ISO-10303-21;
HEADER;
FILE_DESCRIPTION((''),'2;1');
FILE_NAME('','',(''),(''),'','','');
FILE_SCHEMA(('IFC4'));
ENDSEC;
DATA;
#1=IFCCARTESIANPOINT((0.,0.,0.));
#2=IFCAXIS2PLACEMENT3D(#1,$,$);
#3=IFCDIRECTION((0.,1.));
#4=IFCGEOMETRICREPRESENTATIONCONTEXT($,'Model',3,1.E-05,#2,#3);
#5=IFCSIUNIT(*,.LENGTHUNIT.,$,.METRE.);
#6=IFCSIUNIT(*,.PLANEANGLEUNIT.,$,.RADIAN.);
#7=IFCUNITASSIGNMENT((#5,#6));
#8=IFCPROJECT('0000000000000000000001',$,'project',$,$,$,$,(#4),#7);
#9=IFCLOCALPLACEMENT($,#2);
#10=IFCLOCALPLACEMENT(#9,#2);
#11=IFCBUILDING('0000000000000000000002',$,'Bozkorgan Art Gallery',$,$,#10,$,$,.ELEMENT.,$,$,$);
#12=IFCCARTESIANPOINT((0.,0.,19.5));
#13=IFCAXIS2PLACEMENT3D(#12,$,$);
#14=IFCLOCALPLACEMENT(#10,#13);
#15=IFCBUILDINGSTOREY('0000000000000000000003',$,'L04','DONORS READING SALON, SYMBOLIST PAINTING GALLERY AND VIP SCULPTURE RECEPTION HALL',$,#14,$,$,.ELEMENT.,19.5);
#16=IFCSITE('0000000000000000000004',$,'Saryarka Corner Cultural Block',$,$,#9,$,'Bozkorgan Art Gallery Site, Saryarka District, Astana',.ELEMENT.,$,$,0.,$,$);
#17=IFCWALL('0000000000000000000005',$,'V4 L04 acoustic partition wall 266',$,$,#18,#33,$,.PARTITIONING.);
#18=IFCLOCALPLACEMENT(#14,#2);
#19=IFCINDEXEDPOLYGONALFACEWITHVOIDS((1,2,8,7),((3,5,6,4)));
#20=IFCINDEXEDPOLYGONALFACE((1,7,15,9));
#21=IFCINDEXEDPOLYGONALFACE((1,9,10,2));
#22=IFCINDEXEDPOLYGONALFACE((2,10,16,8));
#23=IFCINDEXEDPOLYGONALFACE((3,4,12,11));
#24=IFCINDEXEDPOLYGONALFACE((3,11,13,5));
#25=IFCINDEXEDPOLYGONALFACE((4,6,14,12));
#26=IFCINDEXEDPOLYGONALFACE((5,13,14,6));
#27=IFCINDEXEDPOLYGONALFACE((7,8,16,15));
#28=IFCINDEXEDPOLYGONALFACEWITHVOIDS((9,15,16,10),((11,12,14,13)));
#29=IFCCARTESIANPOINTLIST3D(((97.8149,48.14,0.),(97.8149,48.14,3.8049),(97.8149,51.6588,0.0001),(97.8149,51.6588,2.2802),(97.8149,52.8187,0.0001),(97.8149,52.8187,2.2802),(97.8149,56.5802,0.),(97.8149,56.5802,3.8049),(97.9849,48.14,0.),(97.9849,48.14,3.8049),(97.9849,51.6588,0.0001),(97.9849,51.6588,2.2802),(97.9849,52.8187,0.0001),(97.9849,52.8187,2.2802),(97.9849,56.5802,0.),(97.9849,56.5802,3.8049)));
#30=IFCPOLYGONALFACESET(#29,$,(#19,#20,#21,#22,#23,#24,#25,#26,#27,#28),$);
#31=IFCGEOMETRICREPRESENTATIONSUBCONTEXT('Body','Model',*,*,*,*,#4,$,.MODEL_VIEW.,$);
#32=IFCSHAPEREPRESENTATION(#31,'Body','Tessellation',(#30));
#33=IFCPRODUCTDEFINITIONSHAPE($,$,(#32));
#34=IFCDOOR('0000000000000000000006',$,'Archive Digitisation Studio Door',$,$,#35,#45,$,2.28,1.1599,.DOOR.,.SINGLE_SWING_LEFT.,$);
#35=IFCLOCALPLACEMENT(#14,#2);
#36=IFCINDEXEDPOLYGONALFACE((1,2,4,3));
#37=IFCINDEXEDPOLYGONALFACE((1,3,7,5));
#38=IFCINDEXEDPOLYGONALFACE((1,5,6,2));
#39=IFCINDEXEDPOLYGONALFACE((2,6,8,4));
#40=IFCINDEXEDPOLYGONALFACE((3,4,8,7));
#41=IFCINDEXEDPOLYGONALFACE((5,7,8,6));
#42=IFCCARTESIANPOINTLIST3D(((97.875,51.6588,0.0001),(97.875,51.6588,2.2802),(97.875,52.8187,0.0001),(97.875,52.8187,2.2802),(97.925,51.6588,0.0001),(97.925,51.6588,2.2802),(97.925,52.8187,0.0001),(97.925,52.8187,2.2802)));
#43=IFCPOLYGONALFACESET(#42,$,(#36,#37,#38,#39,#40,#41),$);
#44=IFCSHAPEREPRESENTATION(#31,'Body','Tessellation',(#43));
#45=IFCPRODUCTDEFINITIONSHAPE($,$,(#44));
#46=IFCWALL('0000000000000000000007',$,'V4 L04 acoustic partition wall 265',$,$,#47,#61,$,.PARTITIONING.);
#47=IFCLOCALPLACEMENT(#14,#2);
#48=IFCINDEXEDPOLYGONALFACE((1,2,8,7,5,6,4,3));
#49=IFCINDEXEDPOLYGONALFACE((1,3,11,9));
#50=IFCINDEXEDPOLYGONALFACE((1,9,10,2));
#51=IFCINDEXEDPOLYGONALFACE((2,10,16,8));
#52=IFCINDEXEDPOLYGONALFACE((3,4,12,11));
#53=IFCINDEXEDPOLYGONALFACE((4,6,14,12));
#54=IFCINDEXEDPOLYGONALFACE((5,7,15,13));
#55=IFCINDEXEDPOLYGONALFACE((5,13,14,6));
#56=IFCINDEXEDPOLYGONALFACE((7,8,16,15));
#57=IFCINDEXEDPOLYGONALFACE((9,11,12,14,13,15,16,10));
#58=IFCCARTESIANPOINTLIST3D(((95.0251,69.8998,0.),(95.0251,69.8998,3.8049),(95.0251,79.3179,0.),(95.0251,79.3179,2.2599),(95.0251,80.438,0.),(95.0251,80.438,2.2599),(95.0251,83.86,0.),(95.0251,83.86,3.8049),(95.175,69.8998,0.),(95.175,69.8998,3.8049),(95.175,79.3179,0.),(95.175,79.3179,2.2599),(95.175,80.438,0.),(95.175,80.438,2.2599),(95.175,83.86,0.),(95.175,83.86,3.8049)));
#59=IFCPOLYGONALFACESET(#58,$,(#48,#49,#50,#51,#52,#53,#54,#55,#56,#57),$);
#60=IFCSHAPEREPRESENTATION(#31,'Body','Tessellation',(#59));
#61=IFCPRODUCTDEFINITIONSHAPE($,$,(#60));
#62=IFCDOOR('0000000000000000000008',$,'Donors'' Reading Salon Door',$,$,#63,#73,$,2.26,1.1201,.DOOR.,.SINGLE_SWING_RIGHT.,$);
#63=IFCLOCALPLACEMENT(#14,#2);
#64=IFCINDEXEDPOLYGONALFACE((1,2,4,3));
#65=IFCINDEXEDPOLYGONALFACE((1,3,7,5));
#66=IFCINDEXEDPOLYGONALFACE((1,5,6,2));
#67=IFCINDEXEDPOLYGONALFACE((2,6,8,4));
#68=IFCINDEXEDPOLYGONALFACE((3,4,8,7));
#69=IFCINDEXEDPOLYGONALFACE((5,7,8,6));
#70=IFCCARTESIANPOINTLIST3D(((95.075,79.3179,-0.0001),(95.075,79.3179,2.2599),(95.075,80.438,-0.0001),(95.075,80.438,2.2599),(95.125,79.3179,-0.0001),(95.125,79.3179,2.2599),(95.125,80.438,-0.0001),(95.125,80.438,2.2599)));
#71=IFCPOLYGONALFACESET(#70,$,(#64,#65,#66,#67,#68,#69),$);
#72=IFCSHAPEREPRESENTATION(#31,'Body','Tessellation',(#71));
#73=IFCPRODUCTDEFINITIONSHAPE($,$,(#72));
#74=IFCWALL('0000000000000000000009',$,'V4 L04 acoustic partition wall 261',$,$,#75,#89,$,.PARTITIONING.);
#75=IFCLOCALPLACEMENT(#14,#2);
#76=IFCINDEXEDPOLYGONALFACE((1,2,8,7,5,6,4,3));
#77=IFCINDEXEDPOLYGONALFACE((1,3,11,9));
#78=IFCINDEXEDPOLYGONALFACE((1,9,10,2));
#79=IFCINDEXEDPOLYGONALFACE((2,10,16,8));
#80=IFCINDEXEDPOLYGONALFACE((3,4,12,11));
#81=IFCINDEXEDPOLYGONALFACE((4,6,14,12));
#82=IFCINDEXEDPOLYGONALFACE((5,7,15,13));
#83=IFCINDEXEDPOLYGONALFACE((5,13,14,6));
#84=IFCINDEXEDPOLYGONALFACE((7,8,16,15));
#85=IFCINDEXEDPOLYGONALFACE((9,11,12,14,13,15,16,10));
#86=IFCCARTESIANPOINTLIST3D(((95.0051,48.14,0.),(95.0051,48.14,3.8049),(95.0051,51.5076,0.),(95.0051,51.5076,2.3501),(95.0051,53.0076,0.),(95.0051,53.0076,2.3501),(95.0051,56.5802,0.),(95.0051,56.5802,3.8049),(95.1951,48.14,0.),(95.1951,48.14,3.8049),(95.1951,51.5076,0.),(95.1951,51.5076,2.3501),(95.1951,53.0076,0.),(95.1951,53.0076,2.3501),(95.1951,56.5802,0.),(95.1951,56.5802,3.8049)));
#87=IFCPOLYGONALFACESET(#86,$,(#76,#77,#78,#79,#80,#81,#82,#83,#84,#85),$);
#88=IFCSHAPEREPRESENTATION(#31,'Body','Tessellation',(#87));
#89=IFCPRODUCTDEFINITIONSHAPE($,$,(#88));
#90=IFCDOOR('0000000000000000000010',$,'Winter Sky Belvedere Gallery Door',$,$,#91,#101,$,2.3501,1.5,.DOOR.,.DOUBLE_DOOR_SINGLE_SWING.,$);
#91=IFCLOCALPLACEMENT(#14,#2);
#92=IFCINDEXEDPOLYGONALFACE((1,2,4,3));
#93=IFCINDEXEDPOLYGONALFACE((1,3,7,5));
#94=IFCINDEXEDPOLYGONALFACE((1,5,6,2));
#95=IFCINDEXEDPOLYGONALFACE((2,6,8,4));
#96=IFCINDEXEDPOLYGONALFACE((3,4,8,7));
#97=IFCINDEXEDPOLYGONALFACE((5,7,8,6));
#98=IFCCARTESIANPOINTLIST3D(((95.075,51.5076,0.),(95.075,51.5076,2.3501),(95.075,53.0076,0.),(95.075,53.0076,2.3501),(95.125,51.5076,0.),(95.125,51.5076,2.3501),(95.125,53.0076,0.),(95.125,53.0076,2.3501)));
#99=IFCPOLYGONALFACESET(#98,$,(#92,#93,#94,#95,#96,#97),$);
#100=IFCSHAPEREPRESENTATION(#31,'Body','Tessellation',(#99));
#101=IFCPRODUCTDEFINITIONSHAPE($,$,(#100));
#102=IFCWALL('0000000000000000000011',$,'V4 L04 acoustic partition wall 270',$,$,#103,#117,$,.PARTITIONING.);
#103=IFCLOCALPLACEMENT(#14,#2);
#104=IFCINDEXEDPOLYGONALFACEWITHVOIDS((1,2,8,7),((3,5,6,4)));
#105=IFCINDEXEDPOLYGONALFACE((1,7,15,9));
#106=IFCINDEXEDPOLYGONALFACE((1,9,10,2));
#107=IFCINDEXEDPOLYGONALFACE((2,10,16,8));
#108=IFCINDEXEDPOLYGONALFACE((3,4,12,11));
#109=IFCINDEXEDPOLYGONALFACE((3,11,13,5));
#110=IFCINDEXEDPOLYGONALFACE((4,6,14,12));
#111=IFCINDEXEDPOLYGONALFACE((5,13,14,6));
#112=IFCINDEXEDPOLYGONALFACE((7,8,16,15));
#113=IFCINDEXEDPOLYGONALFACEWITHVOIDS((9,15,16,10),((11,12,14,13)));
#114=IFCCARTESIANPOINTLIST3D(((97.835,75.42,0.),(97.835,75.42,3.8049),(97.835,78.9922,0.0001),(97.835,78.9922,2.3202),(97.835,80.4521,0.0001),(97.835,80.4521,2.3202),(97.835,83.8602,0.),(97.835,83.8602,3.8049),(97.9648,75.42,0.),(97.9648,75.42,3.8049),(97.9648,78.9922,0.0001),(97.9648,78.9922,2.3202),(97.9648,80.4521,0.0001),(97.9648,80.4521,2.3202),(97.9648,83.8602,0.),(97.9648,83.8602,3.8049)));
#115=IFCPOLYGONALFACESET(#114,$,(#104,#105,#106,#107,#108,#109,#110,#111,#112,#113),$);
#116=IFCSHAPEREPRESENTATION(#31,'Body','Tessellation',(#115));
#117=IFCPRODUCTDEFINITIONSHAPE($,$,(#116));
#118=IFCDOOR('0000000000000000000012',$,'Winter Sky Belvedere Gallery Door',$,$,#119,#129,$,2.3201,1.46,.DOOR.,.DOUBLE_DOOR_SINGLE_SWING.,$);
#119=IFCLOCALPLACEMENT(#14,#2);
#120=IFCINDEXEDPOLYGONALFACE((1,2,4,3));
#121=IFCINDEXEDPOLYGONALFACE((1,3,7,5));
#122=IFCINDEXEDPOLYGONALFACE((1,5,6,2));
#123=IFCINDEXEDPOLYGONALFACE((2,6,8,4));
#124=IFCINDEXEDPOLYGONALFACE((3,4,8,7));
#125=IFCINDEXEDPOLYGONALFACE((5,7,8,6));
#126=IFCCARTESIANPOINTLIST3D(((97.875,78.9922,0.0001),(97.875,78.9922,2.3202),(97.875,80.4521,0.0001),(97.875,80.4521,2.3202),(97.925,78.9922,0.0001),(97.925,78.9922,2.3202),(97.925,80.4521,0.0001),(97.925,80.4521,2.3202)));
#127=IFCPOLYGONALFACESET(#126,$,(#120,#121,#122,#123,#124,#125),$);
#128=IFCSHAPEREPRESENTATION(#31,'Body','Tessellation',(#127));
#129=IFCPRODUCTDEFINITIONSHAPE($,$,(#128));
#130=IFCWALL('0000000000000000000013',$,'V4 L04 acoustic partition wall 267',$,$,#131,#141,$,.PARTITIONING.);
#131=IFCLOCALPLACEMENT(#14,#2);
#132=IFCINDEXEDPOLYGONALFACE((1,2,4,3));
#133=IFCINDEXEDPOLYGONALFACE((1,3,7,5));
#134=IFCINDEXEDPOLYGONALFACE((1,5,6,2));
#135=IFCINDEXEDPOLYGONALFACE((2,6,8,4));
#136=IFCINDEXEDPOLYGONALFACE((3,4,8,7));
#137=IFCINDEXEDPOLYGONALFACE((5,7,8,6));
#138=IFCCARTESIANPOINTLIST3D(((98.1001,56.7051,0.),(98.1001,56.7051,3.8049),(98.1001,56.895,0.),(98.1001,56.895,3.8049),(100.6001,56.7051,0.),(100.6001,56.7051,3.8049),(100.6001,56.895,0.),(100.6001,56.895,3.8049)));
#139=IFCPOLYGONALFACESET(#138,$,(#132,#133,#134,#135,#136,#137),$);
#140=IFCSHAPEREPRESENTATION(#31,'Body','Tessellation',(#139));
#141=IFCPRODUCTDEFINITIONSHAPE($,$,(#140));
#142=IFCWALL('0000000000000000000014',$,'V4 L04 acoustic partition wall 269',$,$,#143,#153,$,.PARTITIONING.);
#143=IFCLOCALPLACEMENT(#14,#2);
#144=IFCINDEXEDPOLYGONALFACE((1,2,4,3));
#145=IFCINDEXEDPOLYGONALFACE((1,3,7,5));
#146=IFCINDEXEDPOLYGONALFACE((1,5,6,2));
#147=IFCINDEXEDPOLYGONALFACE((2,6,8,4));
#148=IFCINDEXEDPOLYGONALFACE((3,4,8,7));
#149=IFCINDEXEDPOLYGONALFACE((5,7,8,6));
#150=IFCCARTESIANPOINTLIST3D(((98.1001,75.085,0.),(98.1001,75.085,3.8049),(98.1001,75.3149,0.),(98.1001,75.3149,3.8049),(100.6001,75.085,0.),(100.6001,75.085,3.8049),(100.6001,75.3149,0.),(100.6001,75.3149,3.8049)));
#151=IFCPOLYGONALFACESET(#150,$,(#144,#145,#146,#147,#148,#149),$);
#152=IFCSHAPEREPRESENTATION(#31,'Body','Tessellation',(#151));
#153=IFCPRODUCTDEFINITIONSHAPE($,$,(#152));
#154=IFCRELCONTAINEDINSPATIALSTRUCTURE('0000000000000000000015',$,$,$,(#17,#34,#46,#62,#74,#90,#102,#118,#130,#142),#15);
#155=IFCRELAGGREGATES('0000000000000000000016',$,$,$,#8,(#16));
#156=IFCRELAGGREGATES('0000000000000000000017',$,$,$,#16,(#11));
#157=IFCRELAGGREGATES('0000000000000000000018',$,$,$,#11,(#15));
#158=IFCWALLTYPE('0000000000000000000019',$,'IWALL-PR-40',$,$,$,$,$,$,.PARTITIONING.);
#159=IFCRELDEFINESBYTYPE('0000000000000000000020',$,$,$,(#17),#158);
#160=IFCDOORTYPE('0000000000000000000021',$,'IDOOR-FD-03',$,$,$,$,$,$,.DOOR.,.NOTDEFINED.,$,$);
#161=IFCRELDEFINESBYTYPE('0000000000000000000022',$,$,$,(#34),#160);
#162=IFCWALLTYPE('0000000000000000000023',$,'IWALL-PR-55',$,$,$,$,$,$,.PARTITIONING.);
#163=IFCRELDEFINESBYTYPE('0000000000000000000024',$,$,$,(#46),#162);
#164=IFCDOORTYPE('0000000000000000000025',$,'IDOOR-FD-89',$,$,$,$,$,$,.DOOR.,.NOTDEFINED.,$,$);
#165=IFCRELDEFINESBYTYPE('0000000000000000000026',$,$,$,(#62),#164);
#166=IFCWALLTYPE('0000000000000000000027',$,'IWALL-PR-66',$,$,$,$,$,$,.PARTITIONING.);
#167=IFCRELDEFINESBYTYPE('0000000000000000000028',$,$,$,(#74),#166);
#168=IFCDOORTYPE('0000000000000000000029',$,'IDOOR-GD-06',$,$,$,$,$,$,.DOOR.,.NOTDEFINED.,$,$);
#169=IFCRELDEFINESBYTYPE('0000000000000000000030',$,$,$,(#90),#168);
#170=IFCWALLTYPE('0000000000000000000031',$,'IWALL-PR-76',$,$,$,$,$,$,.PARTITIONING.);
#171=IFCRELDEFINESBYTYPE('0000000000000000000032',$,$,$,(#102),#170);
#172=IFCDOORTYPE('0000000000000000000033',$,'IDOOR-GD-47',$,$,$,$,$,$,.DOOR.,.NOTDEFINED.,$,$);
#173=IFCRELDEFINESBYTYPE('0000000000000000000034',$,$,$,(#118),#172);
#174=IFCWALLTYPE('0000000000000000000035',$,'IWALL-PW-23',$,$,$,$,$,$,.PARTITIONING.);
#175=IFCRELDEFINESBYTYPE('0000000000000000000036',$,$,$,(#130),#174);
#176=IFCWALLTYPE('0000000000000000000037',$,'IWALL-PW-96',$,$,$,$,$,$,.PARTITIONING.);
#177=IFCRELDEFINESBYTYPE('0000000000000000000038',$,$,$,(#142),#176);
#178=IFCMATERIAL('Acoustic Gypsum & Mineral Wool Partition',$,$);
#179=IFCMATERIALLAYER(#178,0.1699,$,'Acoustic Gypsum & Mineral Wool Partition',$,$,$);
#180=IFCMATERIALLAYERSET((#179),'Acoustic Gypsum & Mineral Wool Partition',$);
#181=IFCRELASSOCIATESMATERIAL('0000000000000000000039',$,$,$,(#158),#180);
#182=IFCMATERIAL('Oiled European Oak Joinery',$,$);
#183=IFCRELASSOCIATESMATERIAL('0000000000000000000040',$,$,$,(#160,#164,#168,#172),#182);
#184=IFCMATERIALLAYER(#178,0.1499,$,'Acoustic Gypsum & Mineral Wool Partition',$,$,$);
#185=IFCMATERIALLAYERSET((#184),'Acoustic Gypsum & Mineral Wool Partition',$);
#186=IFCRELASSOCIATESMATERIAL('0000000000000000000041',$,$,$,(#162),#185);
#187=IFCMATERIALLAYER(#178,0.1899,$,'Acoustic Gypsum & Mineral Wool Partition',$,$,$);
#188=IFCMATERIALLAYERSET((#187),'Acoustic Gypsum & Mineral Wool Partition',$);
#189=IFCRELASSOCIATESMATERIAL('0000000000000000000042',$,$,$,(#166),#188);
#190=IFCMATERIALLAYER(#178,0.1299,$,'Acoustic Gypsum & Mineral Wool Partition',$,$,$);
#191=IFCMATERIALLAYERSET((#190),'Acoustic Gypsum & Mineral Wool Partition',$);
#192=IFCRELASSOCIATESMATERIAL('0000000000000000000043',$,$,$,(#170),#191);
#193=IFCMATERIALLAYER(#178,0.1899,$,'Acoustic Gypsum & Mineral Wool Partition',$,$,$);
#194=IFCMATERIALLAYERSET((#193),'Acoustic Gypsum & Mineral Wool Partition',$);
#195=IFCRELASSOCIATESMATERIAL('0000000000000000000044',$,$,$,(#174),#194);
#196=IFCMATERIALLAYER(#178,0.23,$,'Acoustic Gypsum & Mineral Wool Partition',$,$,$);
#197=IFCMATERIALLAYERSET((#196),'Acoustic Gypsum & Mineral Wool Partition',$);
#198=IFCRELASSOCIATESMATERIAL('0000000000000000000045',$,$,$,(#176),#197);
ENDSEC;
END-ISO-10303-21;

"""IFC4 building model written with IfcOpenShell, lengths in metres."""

from ifc_helpers import new_model, si_unit, direction, frame, frame_2d, origin, place, context, subcontext, project, spatial, rectangle, extrude, material, layer, layer_set, type_object, element, fill, save


model = new_model("IFC4")

# Units and contexts
model_context = context("Model", 3, precision=1e-05, world=origin(), true_north=direction((0.0, 1.0)))
body_context = subcontext(model_context, "Body", "Model", "MODEL_VIEW")
ifc_project = project(units=[si_unit("LENGTHUNIT", "METRE"), si_unit("PLANEANGLEUNIT", "RADIAN")], contexts=[model_context])

# Site, building, storey
site_placement = place(None, origin())
site = spatial("IfcSite", under=ifc_project, at=site_placement, Name="Saryarka Corner Cultural Block", LongName="Bozkorgan Art Gallery Site, Saryarka District, Astana", CompositionType="ELEMENT", RefElevation=0.0)
building_placement = place(site_placement, origin())
building = spatial("IfcBuilding", under=site, at=building_placement, Name="Bozkorgan Art Gallery", CompositionType="ELEMENT")
storey_placement = place(building_placement, frame((0.0, 0.0, 19.5)))
storey = spatial("IfcBuildingStorey", under=building, at=storey_placement, Name="L04", Description="DONORS READING SALON, SYMBOLIST PAINTING GALLERY AND VIP SCULPTURE RECEPTION HALL", CompositionType="ELEMENT", Elevation=19.5)

# Walls, openings, doors
ifc_material_1 = material(Name="Acoustic Gypsum & Mineral Wool Partition")
ifc_material_2 = material(Name="Oiled European Oak Joinery")
ifc_layer_1 = layer(ifc_material_1, 0.1699, Name="Acoustic Gypsum & Mineral Wool Partition")
ifc_layer_set_1 = layer_set([ifc_layer_1], Name="Acoustic Gypsum & Mineral Wool Partition")
wall_type_1 = type_object("IfcWallType", Name="IWALL-PR-40", PredefinedType="PARTITIONING", material=ifc_layer_set_1)
wall_1_placement = place(storey_placement, frame((97.8999, 48.1399, 0.0), z_axis=(0.0, 0.0, 1.0), x_axis=(0.0, 1.0, 0.0)))
wall_1 = element("IfcWall", 1, at=wall_1_placement, inside=storey, type_object=wall_type_1, Name="V4 L04 acoustic partition wall 266", PredefinedType="PARTITIONING", context=body_context, shape_type="SweptSolid", body=[
    extrude(rectangle(XDim=8.4402, YDim=0.1699, at=frame_2d((4.2202, 0.0))), origin(), (0.0, 0.0, 1.0), 3.8049),
])
opening_1_placement = place(wall_1_placement, frame((3.5188, 0.0, 0.0)))
opening_1 = element("IfcOpeningElement", 2, at=opening_1_placement, cuts=wall_1, PredefinedType="OPENING", context=body_context, shape_type="SweptSolid", body=[
    extrude(rectangle(XDim=1.1599, YDim=2.28, at=frame_2d((0.5801, 1.1401))), frame((0.0, 0.095, 0.0), z_axis=(0.0, -1.0, 0.0), x_axis=(1.0, 0.0, 0.0)), (0.0, 0.0, 1.0), 0.1899),
])
door_type_1 = type_object("IfcDoorType", Name="IDOOR-FD-03", OperationType="NOTDEFINED", PredefinedType="DOOR", material=ifc_material_2)
door_1_placement = place(opening_1_placement, origin())
door_1 = element("IfcDoor", 3, at=door_1_placement, inside=storey, type_object=door_type_1, Name="Archive Digitisation Studio Door", OperationType="SINGLE_SWING_LEFT", OverallHeight=2.28, OverallWidth=1.1599, PredefinedType="DOOR", context=body_context, shape_type="SweptSolid", body=[
    extrude(rectangle(XDim=1.1599, YDim=2.28, at=frame_2d((0.5801, 1.1401))), frame((0.0, 0.0249, 0.0), z_axis=(0.0, -1.0, 0.0), x_axis=(1.0, 0.0, 0.0)), (0.0, 0.0, 1.0), 0.05),
])
fill(opening_1, door_1)
ifc_layer_2 = layer(ifc_material_1, 0.1499, Name="Acoustic Gypsum & Mineral Wool Partition")
ifc_layer_set_2 = layer_set([ifc_layer_2], Name="Acoustic Gypsum & Mineral Wool Partition")
wall_type_2 = type_object("IfcWallType", Name="IWALL-PR-55", PredefinedType="PARTITIONING", material=ifc_layer_set_2)
wall_2_placement = place(storey_placement, frame((95.1001, 69.8999, 0.0), z_axis=(0.0, 0.0, 1.0), x_axis=(0.0, 1.0, 0.0)))
wall_2 = element("IfcWall", 4, at=wall_2_placement, inside=storey, type_object=wall_type_2, Name="V4 L04 acoustic partition wall 265", PredefinedType="PARTITIONING", context=body_context, shape_type="SweptSolid", body=[
    extrude(rectangle(XDim=13.9602, YDim=0.1499, at=frame_2d((6.98, 0.0))), origin(), (0.0, 0.0, 1.0), 3.8049),
])
opening_2_placement = place(wall_2_placement, frame((10.5381, 0.0, 0.0), z_axis=(0.0, 0.0, 1.0), x_axis=(-1.0, 0.0, 0.0)))
opening_2 = element("IfcOpeningElement", 5, at=opening_2_placement, cuts=wall_2, PredefinedType="OPENING", context=body_context, shape_type="SweptSolid", body=[
    extrude(rectangle(XDim=1.1201, YDim=2.26, at=frame_2d((0.5601, 1.1299))), frame((0.0, 0.085, 0.0), z_axis=(0.0, -1.0, 0.0), x_axis=(1.0, 0.0, 0.0)), (0.0, 0.0, 1.0), 0.1699),
])
door_type_2 = type_object("IfcDoorType", Name="IDOOR-FD-89", OperationType="NOTDEFINED", PredefinedType="DOOR", material=ifc_material_2)
door_2_placement = place(opening_2_placement, origin())
door_2 = element("IfcDoor", 6, at=door_2_placement, inside=storey, type_object=door_type_2, Name="Donors' Reading Salon Door", OperationType="SINGLE_SWING_RIGHT", OverallHeight=2.26, OverallWidth=1.1201, PredefinedType="DOOR", context=body_context, shape_type="SweptSolid", body=[
    extrude(rectangle(XDim=1.1201, YDim=2.26, at=frame_2d((0.5601, 1.1299))), frame((0.0, 0.0249, 0.0), z_axis=(0.0, -1.0, 0.0), x_axis=(1.0, 0.0, 0.0)), (0.0, 0.0, 1.0), 0.05),
])
fill(opening_2, door_2)
ifc_layer_3 = layer(ifc_material_1, 0.1899, Name="Acoustic Gypsum & Mineral Wool Partition")
ifc_layer_set_3 = layer_set([ifc_layer_3], Name="Acoustic Gypsum & Mineral Wool Partition")
wall_type_3 = type_object("IfcWallType", Name="IWALL-PR-66", PredefinedType="PARTITIONING", material=ifc_layer_set_3)
wall_3_placement = place(storey_placement, frame((95.1001, 48.1399, 0.0), z_axis=(0.0, 0.0, 1.0), x_axis=(0.0, 1.0, 0.0)))
wall_3 = element("IfcWall", 7, at=wall_3_placement, inside=storey, type_object=wall_type_3, Name="V4 L04 acoustic partition wall 261", PredefinedType="PARTITIONING", context=body_context, shape_type="SweptSolid", body=[
    extrude(rectangle(XDim=8.4402, YDim=0.1899, at=frame_2d((4.2202, 0.0))), origin(), (0.0, 0.0, 1.0), 3.8049),
])
opening_3_placement = place(wall_3_placement, frame((4.8677, 0.0, 0.0), z_axis=(0.0, 0.0, 1.0), x_axis=(-1.0, 0.0, 0.0)))
opening_3 = element("IfcOpeningElement", 8, at=opening_3_placement, cuts=wall_3, PredefinedType="OPENING", context=body_context, shape_type="SweptSolid", body=[
    extrude(rectangle(XDim=1.5, YDim=2.3501, at=frame_2d((0.75, 1.175))), frame((0.0, 0.105, 0.0), z_axis=(0.0, -1.0, 0.0), x_axis=(1.0, 0.0, 0.0)), (0.0, 0.0, 1.0), 0.21),
])
door_type_3 = type_object("IfcDoorType", Name="IDOOR-GD-06", OperationType="NOTDEFINED", PredefinedType="DOOR", material=ifc_material_2)
door_3_placement = place(opening_3_placement, origin())
door_3 = element("IfcDoor", 9, at=door_3_placement, inside=storey, type_object=door_type_3, Name="Winter Sky Belvedere Gallery Door", OperationType="DOUBLE_DOOR_SINGLE_SWING", OverallHeight=2.3501, OverallWidth=1.5, PredefinedType="DOOR", context=body_context, shape_type="SweptSolid", body=[
    extrude(rectangle(XDim=1.5, YDim=2.3501, at=frame_2d((0.75, 1.175))), frame((0.0, 0.0249, 0.0), z_axis=(0.0, -1.0, 0.0), x_axis=(1.0, 0.0, 0.0)), (0.0, 0.0, 1.0), 0.05),
])
fill(opening_3, door_3)
ifc_layer_4 = layer(ifc_material_1, 0.1299, Name="Acoustic Gypsum & Mineral Wool Partition")
ifc_layer_set_4 = layer_set([ifc_layer_4], Name="Acoustic Gypsum & Mineral Wool Partition")
wall_type_4 = type_object("IfcWallType", Name="IWALL-PR-76", PredefinedType="PARTITIONING", material=ifc_layer_set_4)
wall_4_placement = place(storey_placement, frame((97.8999, 75.4199, 0.0), z_axis=(0.0, 0.0, 1.0), x_axis=(0.0, 1.0, 0.0)))
wall_4 = element("IfcWall", 10, at=wall_4_placement, inside=storey, type_object=wall_type_4, Name="V4 L04 acoustic partition wall 270", PredefinedType="PARTITIONING", context=body_context, shape_type="SweptSolid", body=[
    extrude(rectangle(XDim=8.4402, YDim=0.1299, at=frame_2d((4.2202, 0.0))), origin(), (0.0, 0.0, 1.0), 3.8049),
])
opening_4_placement = place(wall_4_placement, frame((3.5723, 0.0, 0.0)))
opening_4 = element("IfcOpeningElement", 11, at=opening_4_placement, cuts=wall_4, PredefinedType="OPENING", context=body_context, shape_type="SweptSolid", body=[
    extrude(rectangle(XDim=1.46, YDim=2.3201, at=frame_2d((0.73, 1.1602))), frame((0.0, 0.075, 0.0), z_axis=(0.0, -1.0, 0.0), x_axis=(1.0, 0.0, 0.0)), (0.0, 0.0, 1.0), 0.1499),
])
door_type_4 = type_object("IfcDoorType", Name="IDOOR-GD-47", OperationType="NOTDEFINED", PredefinedType="DOOR", material=ifc_material_2)
door_4_placement = place(opening_4_placement, origin())
door_4 = element("IfcDoor", 12, at=door_4_placement, inside=storey, type_object=door_type_4, Name="Winter Sky Belvedere Gallery Door", OperationType="DOUBLE_DOOR_SINGLE_SWING", OverallHeight=2.3201, OverallWidth=1.46, PredefinedType="DOOR", context=body_context, shape_type="SweptSolid", body=[
    extrude(rectangle(XDim=1.46, YDim=2.3201, at=frame_2d((0.73, 1.1602))), frame((0.0, 0.0249, 0.0), z_axis=(0.0, -1.0, 0.0), x_axis=(1.0, 0.0, 0.0)), (0.0, 0.0, 1.0), 0.05),
])
fill(opening_4, door_4)

# Walls
ifc_layer_5 = layer(ifc_material_1, 0.1899, Name="Acoustic Gypsum & Mineral Wool Partition")
ifc_layer_set_5 = layer_set([ifc_layer_5], Name="Acoustic Gypsum & Mineral Wool Partition")
wall_type_5 = type_object("IfcWallType", Name="IWALL-PW-23", PredefinedType="PARTITIONING", material=ifc_layer_set_5)
wall_5_placement = place(storey_placement, frame((98.1001, 56.8, 0.0), z_axis=(0.0, 0.0, 1.0), x_axis=(1.0, 0.0, 0.0)))
element("IfcWall", 13, at=wall_5_placement, inside=storey, type_object=wall_type_5, Name="V4 L04 acoustic partition wall 267", PredefinedType="PARTITIONING", context=body_context, shape_type="SweptSolid", body=[
    extrude(rectangle(XDim=2.5, YDim=0.1899, at=frame_2d((1.25, 0.0))), origin(), (0.0, 0.0, 1.0), 3.8049),
])
ifc_layer_6 = layer(ifc_material_1, 0.23, Name="Acoustic Gypsum & Mineral Wool Partition")
ifc_layer_set_6 = layer_set([ifc_layer_6], Name="Acoustic Gypsum & Mineral Wool Partition")
wall_type_6 = type_object("IfcWallType", Name="IWALL-PW-96", PredefinedType="PARTITIONING", material=ifc_layer_set_6)
wall_6_placement = place(storey_placement, frame((98.1001, 75.2, 0.0), z_axis=(0.0, 0.0, 1.0), x_axis=(1.0, 0.0, 0.0)))
element("IfcWall", 14, at=wall_6_placement, inside=storey, type_object=wall_type_6, Name="V4 L04 acoustic partition wall 269", PredefinedType="PARTITIONING", context=body_context, shape_type="SweptSolid", body=[
    extrude(rectangle(XDim=2.5, YDim=0.23, at=frame_2d((1.25, 0.0))), origin(), (0.0, 0.0, 1.0), 3.8049),
])

save(model, "model.ifc")
